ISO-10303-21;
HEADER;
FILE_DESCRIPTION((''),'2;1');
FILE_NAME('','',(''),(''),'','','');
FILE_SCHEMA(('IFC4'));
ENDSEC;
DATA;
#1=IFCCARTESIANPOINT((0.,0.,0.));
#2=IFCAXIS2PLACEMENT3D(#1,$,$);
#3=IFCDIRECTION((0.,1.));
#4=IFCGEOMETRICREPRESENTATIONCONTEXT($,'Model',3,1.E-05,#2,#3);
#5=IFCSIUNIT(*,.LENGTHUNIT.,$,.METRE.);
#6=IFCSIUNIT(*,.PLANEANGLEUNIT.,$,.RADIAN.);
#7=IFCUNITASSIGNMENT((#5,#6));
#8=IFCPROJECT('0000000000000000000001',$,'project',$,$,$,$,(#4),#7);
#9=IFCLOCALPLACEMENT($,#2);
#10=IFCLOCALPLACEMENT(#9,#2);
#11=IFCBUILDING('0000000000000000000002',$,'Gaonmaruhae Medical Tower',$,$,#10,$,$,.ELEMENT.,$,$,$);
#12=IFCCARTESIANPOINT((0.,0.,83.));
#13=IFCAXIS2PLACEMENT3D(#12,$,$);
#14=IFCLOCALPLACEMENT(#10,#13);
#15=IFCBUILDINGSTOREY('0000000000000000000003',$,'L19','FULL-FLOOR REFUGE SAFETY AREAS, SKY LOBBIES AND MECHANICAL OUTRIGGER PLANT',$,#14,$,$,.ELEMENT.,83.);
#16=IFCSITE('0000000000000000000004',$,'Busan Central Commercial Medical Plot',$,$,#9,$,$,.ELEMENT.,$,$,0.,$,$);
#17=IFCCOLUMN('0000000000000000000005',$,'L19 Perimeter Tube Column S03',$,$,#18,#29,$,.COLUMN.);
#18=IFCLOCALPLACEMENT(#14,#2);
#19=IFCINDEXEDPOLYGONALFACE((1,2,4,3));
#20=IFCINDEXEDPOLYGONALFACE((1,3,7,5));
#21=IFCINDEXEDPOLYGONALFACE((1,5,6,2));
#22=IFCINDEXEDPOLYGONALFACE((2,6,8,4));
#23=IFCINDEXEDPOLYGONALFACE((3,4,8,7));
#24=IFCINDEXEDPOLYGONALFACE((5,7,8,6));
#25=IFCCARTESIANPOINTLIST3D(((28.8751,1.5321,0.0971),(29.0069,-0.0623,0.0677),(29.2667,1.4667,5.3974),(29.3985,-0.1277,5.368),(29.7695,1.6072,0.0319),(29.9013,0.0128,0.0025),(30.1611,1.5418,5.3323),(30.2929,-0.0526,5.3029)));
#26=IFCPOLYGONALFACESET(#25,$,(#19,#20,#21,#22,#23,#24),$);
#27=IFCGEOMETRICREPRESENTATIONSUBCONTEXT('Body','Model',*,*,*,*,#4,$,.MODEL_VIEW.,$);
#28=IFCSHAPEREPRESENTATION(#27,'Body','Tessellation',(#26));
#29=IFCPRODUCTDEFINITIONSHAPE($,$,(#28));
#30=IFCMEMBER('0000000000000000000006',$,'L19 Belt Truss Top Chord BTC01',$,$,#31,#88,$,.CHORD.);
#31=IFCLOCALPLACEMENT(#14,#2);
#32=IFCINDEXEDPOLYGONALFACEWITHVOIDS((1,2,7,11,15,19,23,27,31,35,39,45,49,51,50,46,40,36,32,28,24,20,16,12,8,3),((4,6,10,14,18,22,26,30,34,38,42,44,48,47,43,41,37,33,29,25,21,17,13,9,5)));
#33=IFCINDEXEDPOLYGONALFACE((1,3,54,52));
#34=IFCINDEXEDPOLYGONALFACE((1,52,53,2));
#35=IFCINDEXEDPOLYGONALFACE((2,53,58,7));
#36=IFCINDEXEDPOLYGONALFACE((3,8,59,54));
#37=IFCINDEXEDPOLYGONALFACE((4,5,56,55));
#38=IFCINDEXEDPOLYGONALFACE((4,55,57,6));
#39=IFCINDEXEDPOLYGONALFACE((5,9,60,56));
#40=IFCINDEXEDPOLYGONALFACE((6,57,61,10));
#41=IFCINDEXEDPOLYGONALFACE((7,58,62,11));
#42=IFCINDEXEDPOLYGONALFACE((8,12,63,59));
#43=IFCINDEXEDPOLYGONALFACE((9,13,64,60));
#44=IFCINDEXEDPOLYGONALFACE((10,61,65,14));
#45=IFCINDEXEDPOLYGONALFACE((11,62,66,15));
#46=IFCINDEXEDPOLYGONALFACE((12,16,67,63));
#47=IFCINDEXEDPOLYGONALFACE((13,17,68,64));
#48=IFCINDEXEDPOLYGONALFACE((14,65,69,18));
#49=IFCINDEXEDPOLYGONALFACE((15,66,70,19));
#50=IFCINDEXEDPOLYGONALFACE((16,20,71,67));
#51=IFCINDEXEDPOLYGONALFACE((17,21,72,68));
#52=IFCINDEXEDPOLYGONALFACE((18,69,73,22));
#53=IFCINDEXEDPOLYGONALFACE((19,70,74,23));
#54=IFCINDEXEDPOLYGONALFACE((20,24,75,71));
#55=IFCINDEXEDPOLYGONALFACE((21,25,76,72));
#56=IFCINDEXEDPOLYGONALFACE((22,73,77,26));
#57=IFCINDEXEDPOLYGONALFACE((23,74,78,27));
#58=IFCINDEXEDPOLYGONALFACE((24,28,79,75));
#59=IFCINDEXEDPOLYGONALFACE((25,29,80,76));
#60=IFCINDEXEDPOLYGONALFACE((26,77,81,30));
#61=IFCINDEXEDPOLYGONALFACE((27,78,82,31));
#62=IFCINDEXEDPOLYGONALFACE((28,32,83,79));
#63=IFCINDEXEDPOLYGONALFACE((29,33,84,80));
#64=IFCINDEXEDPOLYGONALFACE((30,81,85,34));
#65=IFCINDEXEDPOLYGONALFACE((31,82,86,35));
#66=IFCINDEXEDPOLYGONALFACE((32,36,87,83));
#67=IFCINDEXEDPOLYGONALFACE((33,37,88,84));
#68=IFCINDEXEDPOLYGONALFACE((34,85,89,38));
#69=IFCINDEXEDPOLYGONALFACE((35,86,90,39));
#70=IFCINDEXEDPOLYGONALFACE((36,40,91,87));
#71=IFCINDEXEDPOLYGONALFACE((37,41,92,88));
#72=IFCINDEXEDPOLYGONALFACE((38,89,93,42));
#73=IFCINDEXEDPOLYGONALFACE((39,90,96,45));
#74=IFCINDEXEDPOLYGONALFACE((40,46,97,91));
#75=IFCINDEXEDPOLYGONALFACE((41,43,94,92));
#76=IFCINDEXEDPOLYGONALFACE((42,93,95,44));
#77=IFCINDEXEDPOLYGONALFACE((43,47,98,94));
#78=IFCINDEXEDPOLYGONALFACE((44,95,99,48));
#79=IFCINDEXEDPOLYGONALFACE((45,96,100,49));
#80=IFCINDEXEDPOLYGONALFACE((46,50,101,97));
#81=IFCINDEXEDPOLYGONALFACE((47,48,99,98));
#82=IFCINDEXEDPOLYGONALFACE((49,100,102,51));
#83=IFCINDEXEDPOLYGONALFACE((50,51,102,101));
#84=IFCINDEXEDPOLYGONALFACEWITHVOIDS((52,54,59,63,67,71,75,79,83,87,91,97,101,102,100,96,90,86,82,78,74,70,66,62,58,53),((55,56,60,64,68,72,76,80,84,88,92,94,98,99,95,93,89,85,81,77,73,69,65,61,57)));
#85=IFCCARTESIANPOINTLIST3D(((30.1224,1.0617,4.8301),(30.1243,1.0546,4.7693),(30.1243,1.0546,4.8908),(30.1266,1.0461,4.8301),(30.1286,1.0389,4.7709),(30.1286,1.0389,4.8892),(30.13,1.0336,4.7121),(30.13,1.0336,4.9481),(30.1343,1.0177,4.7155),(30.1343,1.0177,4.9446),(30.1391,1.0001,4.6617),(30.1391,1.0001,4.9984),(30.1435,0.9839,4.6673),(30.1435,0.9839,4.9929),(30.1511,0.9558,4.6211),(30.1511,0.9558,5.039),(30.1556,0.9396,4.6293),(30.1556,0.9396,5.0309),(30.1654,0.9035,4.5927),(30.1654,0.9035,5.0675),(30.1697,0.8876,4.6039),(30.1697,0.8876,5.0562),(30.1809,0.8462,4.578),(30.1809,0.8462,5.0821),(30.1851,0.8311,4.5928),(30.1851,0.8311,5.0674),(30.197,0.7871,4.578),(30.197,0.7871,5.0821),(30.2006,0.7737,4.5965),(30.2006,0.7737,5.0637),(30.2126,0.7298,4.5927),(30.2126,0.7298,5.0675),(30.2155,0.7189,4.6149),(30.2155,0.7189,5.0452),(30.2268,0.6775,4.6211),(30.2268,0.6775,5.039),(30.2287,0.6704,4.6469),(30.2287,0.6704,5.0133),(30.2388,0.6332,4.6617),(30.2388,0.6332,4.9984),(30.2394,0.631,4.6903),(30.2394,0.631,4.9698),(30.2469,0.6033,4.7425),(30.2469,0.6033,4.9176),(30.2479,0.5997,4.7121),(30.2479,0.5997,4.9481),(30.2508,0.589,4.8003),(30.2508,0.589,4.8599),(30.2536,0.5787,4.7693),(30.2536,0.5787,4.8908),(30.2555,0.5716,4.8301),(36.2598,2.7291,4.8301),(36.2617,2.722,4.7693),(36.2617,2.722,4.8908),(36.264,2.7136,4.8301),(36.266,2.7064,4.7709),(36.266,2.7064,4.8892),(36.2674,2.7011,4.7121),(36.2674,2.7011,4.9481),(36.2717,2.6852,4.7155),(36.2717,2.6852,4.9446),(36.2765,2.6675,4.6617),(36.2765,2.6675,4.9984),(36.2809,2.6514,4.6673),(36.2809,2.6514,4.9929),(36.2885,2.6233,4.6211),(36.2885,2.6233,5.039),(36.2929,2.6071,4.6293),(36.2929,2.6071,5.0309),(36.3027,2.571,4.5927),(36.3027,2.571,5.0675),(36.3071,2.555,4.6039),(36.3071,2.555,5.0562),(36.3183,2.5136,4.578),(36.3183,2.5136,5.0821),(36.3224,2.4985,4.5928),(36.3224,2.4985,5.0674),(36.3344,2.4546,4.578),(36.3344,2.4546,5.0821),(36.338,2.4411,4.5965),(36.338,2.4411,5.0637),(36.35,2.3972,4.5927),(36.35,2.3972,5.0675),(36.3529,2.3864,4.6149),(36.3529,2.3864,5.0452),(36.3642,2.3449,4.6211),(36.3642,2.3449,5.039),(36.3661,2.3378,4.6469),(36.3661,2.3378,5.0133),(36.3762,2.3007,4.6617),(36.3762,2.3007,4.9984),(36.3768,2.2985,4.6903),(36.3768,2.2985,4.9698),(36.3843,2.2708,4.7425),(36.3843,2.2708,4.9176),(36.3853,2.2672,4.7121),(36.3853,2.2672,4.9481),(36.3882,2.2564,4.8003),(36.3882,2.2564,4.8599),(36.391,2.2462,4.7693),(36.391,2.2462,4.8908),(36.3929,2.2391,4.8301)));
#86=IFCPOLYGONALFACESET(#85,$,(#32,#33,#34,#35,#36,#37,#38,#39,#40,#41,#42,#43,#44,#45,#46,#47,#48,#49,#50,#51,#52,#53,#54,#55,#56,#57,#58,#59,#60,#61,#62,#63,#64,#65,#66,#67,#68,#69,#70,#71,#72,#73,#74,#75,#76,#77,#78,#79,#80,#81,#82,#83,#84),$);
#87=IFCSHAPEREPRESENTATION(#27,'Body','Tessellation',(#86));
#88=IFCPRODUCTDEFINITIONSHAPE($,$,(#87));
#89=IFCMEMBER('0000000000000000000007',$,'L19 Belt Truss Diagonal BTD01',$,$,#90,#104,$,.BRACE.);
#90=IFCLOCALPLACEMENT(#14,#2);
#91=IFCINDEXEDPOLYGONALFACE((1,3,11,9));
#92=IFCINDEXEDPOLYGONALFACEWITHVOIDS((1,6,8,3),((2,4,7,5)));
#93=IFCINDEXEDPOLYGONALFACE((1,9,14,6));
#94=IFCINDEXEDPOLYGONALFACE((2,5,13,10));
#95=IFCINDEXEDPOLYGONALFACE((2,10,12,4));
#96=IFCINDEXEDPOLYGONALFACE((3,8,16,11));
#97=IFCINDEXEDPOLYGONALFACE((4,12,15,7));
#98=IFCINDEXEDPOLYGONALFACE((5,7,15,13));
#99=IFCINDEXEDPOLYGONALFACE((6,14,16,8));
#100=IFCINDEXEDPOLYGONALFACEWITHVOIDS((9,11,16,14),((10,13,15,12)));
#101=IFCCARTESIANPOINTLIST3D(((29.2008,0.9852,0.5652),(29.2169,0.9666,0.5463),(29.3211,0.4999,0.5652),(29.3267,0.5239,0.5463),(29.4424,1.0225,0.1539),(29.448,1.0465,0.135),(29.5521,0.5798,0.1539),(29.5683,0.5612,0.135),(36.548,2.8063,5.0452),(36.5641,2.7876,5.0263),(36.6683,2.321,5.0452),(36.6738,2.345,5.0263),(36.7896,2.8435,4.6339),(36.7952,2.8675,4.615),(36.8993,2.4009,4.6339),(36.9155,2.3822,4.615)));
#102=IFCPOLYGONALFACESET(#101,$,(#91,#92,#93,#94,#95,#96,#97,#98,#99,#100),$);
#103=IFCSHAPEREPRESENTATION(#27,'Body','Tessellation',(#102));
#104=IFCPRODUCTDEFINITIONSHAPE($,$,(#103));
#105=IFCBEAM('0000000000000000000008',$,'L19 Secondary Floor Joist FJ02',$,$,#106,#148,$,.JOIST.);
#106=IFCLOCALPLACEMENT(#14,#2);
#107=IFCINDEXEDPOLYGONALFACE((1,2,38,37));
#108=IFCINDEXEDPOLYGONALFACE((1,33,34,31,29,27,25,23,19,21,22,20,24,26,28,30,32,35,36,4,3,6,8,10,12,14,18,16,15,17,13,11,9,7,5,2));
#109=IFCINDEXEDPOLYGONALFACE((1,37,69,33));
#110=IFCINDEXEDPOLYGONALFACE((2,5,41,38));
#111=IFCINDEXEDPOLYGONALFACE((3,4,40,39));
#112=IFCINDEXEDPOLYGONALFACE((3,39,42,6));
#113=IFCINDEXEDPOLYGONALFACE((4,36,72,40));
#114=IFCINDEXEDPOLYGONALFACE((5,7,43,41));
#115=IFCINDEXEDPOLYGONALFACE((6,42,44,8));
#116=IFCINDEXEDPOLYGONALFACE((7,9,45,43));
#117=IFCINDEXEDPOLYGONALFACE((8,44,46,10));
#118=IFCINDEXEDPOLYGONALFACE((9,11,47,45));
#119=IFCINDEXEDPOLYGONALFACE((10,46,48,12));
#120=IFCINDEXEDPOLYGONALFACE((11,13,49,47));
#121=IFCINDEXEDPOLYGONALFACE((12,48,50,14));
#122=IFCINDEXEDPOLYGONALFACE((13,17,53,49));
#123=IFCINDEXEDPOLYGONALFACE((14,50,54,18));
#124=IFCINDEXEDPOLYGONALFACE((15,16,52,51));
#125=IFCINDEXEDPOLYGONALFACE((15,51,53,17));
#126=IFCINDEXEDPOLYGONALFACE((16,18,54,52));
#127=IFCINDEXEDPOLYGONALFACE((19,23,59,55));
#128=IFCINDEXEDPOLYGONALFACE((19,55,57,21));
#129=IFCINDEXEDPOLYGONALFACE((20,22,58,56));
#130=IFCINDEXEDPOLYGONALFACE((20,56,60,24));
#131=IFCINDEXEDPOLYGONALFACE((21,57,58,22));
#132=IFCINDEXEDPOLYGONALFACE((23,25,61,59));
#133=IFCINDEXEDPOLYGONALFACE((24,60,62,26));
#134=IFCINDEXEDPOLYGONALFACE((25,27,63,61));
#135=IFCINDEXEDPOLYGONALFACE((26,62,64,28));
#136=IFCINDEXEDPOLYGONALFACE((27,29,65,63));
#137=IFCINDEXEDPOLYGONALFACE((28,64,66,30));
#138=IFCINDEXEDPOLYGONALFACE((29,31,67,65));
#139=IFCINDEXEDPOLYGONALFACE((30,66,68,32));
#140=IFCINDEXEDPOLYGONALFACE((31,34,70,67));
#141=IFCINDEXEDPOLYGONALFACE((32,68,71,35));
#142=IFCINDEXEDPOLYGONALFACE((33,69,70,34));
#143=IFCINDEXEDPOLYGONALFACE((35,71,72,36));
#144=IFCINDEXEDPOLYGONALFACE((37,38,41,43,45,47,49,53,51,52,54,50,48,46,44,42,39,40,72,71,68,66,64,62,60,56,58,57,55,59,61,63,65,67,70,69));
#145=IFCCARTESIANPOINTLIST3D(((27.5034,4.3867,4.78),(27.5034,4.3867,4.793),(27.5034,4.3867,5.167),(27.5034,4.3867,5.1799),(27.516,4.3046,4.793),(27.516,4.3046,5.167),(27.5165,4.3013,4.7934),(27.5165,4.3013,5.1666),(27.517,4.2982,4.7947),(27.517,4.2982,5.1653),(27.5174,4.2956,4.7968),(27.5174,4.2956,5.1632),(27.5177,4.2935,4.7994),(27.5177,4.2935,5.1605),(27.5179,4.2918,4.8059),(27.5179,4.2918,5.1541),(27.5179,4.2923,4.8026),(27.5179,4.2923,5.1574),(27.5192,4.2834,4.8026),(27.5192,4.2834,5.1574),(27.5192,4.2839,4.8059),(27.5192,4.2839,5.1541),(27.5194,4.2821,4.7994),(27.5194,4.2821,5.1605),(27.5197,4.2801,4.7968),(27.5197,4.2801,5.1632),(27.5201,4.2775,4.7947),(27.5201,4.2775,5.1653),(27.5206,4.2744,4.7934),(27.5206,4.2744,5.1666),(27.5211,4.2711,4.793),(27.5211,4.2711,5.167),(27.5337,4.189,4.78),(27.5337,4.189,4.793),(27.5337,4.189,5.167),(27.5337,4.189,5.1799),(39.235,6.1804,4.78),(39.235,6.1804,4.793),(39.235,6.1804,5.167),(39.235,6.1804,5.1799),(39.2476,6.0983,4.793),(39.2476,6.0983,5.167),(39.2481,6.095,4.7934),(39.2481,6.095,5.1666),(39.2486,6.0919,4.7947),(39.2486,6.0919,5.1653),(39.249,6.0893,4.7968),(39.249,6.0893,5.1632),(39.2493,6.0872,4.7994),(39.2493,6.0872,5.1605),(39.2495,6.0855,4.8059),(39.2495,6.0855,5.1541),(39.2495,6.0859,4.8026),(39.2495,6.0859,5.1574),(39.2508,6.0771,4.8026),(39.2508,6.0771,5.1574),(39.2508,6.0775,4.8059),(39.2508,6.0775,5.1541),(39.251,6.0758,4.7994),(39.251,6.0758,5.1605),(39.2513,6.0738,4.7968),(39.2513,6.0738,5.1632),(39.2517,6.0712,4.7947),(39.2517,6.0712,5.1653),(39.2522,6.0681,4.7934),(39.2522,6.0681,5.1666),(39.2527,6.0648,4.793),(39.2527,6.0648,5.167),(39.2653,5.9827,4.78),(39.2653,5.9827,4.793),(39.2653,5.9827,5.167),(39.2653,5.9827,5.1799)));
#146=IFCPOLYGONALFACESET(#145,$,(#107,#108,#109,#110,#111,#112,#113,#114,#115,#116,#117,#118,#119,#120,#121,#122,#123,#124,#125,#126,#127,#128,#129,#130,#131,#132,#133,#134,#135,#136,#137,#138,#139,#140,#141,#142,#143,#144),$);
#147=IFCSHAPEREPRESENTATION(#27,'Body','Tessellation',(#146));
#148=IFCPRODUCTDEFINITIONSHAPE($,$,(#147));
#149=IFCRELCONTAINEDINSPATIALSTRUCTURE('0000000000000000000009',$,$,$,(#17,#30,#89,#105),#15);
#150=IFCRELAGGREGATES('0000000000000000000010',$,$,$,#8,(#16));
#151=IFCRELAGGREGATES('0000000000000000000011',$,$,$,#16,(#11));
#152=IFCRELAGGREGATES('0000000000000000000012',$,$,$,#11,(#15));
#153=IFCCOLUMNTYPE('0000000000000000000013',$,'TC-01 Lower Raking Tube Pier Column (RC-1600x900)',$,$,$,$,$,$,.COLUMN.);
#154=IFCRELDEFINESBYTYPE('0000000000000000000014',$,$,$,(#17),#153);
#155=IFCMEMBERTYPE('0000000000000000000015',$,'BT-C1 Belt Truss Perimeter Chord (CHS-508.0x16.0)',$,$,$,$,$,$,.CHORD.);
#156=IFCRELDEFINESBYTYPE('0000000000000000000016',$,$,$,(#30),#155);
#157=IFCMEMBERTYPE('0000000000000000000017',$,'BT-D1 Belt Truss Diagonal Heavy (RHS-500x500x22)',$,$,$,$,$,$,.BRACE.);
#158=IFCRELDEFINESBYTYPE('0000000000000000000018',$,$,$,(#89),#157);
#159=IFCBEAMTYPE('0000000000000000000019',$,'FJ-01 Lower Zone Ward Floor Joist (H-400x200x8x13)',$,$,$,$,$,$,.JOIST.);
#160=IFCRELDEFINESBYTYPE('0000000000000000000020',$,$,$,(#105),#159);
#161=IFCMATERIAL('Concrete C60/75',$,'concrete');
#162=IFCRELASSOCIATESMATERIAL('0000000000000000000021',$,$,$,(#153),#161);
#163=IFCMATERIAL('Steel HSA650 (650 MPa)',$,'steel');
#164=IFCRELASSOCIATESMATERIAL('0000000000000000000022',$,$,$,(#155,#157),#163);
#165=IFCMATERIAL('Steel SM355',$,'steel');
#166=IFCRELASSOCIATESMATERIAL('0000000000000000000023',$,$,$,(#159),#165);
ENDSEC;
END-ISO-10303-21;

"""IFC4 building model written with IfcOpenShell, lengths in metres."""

from ifc_helpers import new_model, si_unit, direction, frame, origin, origin_2d, place, context, subcontext, project, spatial, rectangle, hollow_rectangle, hollow_circle, i_section, extrude, material, material_profile, profile_set, type_object, element, save


model = new_model("IFC4")

# Units and contexts
model_context = context("Model", 3, precision=1e-05, world=origin(), true_north=direction((0.0, 1.0)))
body_context = subcontext(model_context, "Body", "Model", "MODEL_VIEW")
ifc_project = project(units=[si_unit("LENGTHUNIT", "METRE"), si_unit("PLANEANGLEUNIT", "RADIAN")], contexts=[model_context])

# Site, building, storey
site_placement = place(None, origin())
site = spatial("IfcSite", under=ifc_project, at=site_placement, Name="Busan Central Commercial Medical Plot", CompositionType="ELEMENT", RefElevation=0.0)
building_placement = place(site_placement, origin())
building = spatial("IfcBuilding", under=site, at=building_placement, Name="Gaonmaruhae Medical Tower", CompositionType="ELEMENT")
storey_placement = place(building_placement, frame((0.0, 0.0, 83.0)))
storey = spatial("IfcBuildingStorey", under=building, at=storey_placement, Name="L19", Description="FULL-FLOOR REFUGE SAFETY AREAS, SKY LOBBIES AND MECHANICAL OUTRIGGER PLANT", CompositionType="ELEMENT", Elevation=83.0)

# Column
ifc_material_1 = material(Name="Concrete C60/75", Category="concrete")
ifc_material_profile_1 = material_profile(ifc_material_1, rectangle(XDim=1.6001, YDim=0.8999, at=origin_2d()), Name="RC-1600x900")
ifc_profile_set_1 = profile_set([ifc_material_profile_1], Name="Concrete C60/75")
column_type = type_object("IfcColumnType", Name="TC-01 Lower Raking Tube Pier Column (RC-1600x900)", PredefinedType="COLUMN", material=ifc_profile_set_1)
column_placement = place(storey_placement, frame((29.3882, 0.7725, 0.0498), z_axis=(0.073677, -0.01231, 0.997206), x_axis=(-0.082382, 0.996431, 0.018387)))
element("IfcColumn", 1, at=column_placement, inside=storey, type_object=column_type, Name="L19 Perimeter Tube Column S03", PredefinedType="COLUMN", context=body_context, shape_type="SweptSolid", body=[
    extrude(rectangle(XDim=1.6001, YDim=0.8999, at=origin_2d()), origin(), (0.0, 0.0, 1.0), 5.3152),
])

# Members
ifc_material_2 = material(Name="Steel HSA650 (650 MPa)", Category="steel")
ifc_material_profile_2 = material_profile(ifc_material_2, hollow_circle(Radius=0.2539, WallThickness=0.0161, at=origin_2d()), Name="CHS-508.0x16.0")
ifc_profile_set_2 = profile_set([ifc_material_profile_2], Name="Steel HSA650 (650 MPa)")
member_type_1 = type_object("IfcMemberType", Name="BT-C1 Belt Truss Perimeter Chord (CHS-508.0x16.0)", PredefinedType="CHORD", material=ifc_profile_set_2)
member_1_placement = place(storey_placement, frame((30.189, 0.8167, 4.8301), z_axis=(0.965018, 0.262185, 0.0), x_axis=(-0.262185, 0.965018, 0.0)))
element("IfcMember", 2, at=member_1_placement, inside=storey, type_object=member_type_1, Name="L19 Belt Truss Top Chord BTC01", PredefinedType="CHORD", context=body_context, shape_type="SweptSolid", body=[
    extrude(hollow_circle(Radius=0.2539, WallThickness=0.0161, at=origin_2d()), origin(), (0.0, 0.0, 1.0), 6.3599),
])
ifc_material_profile_3 = material_profile(ifc_material_2, hollow_rectangle(XDim=0.5, YDim=0.5, WallThickness=0.022, at=origin_2d()), Name="RHS-500x500x22")
ifc_profile_set_3 = profile_set([ifc_material_profile_3], Name="Steel HSA650 (650 MPa)")
member_type_2 = type_object("IfcMemberType", Name="BT-D1 Belt Truss Diagonal Heavy (RHS-500x500x22)", PredefinedType="BRACE", material=ifc_profile_set_3)
member_2_placement = place(storey_placement, frame((29.3845, 0.7732, 0.3501), z_axis=(0.835298, 0.207034, 0.509328), x_axis=(-0.240577, 0.97063, 0.0)))
element("IfcMember", 3, at=member_2_placement, inside=storey, type_object=member_type_2, Name="L19 Belt Truss Diagonal BTD01", PredefinedType="BRACE", context=body_context, shape_type="SweptSolid", body=[
    extrude(hollow_rectangle(XDim=0.5, YDim=0.5, WallThickness=0.022, at=origin_2d()), origin(), (0.0, 0.0, 1.0), 8.7959),
])

# Beam
ifc_material_3 = material(Name="Steel SM355", Category="steel")
ifc_material_profile_4 = material_profile(ifc_material_3, i_section(OverallWidth=0.2, OverallDepth=0.3999, WebThickness=0.0081, FlangeThickness=0.0129, FilletRadius=0.0129, at=origin_2d()), Name="H-400x200x8x13")
ifc_profile_set_4 = profile_set([ifc_material_profile_4], Name="Steel SM355")
beam_type_1 = type_object("IfcBeamType", Name="FJ-01 Lower Zone Ward Floor Joist (H-400x200x8x13)", PredefinedType="JOIST", material=ifc_profile_set_4)
beam_1_placement = place(storey_placement, frame((27.5186, 4.2878, 4.98), z_axis=(0.988513, 0.151137, 0.0), x_axis=(-0.151137, 0.988513, 0.0)))
element("IfcBeam", 4, at=beam_1_placement, inside=storey, type_object=beam_type_1, Name="L19 Secondary Floor Joist FJ02", PredefinedType="JOIST", context=body_context, shape_type="SweptSolid", body=[
    extrude(i_section(OverallWidth=0.2, OverallDepth=0.3999, WebThickness=0.0081, FlangeThickness=0.0129, FilletRadius=0.0129, at=origin_2d()), origin(), (0.0, 0.0, 1.0), 11.8679),
])

save(model, "model.ifc")
